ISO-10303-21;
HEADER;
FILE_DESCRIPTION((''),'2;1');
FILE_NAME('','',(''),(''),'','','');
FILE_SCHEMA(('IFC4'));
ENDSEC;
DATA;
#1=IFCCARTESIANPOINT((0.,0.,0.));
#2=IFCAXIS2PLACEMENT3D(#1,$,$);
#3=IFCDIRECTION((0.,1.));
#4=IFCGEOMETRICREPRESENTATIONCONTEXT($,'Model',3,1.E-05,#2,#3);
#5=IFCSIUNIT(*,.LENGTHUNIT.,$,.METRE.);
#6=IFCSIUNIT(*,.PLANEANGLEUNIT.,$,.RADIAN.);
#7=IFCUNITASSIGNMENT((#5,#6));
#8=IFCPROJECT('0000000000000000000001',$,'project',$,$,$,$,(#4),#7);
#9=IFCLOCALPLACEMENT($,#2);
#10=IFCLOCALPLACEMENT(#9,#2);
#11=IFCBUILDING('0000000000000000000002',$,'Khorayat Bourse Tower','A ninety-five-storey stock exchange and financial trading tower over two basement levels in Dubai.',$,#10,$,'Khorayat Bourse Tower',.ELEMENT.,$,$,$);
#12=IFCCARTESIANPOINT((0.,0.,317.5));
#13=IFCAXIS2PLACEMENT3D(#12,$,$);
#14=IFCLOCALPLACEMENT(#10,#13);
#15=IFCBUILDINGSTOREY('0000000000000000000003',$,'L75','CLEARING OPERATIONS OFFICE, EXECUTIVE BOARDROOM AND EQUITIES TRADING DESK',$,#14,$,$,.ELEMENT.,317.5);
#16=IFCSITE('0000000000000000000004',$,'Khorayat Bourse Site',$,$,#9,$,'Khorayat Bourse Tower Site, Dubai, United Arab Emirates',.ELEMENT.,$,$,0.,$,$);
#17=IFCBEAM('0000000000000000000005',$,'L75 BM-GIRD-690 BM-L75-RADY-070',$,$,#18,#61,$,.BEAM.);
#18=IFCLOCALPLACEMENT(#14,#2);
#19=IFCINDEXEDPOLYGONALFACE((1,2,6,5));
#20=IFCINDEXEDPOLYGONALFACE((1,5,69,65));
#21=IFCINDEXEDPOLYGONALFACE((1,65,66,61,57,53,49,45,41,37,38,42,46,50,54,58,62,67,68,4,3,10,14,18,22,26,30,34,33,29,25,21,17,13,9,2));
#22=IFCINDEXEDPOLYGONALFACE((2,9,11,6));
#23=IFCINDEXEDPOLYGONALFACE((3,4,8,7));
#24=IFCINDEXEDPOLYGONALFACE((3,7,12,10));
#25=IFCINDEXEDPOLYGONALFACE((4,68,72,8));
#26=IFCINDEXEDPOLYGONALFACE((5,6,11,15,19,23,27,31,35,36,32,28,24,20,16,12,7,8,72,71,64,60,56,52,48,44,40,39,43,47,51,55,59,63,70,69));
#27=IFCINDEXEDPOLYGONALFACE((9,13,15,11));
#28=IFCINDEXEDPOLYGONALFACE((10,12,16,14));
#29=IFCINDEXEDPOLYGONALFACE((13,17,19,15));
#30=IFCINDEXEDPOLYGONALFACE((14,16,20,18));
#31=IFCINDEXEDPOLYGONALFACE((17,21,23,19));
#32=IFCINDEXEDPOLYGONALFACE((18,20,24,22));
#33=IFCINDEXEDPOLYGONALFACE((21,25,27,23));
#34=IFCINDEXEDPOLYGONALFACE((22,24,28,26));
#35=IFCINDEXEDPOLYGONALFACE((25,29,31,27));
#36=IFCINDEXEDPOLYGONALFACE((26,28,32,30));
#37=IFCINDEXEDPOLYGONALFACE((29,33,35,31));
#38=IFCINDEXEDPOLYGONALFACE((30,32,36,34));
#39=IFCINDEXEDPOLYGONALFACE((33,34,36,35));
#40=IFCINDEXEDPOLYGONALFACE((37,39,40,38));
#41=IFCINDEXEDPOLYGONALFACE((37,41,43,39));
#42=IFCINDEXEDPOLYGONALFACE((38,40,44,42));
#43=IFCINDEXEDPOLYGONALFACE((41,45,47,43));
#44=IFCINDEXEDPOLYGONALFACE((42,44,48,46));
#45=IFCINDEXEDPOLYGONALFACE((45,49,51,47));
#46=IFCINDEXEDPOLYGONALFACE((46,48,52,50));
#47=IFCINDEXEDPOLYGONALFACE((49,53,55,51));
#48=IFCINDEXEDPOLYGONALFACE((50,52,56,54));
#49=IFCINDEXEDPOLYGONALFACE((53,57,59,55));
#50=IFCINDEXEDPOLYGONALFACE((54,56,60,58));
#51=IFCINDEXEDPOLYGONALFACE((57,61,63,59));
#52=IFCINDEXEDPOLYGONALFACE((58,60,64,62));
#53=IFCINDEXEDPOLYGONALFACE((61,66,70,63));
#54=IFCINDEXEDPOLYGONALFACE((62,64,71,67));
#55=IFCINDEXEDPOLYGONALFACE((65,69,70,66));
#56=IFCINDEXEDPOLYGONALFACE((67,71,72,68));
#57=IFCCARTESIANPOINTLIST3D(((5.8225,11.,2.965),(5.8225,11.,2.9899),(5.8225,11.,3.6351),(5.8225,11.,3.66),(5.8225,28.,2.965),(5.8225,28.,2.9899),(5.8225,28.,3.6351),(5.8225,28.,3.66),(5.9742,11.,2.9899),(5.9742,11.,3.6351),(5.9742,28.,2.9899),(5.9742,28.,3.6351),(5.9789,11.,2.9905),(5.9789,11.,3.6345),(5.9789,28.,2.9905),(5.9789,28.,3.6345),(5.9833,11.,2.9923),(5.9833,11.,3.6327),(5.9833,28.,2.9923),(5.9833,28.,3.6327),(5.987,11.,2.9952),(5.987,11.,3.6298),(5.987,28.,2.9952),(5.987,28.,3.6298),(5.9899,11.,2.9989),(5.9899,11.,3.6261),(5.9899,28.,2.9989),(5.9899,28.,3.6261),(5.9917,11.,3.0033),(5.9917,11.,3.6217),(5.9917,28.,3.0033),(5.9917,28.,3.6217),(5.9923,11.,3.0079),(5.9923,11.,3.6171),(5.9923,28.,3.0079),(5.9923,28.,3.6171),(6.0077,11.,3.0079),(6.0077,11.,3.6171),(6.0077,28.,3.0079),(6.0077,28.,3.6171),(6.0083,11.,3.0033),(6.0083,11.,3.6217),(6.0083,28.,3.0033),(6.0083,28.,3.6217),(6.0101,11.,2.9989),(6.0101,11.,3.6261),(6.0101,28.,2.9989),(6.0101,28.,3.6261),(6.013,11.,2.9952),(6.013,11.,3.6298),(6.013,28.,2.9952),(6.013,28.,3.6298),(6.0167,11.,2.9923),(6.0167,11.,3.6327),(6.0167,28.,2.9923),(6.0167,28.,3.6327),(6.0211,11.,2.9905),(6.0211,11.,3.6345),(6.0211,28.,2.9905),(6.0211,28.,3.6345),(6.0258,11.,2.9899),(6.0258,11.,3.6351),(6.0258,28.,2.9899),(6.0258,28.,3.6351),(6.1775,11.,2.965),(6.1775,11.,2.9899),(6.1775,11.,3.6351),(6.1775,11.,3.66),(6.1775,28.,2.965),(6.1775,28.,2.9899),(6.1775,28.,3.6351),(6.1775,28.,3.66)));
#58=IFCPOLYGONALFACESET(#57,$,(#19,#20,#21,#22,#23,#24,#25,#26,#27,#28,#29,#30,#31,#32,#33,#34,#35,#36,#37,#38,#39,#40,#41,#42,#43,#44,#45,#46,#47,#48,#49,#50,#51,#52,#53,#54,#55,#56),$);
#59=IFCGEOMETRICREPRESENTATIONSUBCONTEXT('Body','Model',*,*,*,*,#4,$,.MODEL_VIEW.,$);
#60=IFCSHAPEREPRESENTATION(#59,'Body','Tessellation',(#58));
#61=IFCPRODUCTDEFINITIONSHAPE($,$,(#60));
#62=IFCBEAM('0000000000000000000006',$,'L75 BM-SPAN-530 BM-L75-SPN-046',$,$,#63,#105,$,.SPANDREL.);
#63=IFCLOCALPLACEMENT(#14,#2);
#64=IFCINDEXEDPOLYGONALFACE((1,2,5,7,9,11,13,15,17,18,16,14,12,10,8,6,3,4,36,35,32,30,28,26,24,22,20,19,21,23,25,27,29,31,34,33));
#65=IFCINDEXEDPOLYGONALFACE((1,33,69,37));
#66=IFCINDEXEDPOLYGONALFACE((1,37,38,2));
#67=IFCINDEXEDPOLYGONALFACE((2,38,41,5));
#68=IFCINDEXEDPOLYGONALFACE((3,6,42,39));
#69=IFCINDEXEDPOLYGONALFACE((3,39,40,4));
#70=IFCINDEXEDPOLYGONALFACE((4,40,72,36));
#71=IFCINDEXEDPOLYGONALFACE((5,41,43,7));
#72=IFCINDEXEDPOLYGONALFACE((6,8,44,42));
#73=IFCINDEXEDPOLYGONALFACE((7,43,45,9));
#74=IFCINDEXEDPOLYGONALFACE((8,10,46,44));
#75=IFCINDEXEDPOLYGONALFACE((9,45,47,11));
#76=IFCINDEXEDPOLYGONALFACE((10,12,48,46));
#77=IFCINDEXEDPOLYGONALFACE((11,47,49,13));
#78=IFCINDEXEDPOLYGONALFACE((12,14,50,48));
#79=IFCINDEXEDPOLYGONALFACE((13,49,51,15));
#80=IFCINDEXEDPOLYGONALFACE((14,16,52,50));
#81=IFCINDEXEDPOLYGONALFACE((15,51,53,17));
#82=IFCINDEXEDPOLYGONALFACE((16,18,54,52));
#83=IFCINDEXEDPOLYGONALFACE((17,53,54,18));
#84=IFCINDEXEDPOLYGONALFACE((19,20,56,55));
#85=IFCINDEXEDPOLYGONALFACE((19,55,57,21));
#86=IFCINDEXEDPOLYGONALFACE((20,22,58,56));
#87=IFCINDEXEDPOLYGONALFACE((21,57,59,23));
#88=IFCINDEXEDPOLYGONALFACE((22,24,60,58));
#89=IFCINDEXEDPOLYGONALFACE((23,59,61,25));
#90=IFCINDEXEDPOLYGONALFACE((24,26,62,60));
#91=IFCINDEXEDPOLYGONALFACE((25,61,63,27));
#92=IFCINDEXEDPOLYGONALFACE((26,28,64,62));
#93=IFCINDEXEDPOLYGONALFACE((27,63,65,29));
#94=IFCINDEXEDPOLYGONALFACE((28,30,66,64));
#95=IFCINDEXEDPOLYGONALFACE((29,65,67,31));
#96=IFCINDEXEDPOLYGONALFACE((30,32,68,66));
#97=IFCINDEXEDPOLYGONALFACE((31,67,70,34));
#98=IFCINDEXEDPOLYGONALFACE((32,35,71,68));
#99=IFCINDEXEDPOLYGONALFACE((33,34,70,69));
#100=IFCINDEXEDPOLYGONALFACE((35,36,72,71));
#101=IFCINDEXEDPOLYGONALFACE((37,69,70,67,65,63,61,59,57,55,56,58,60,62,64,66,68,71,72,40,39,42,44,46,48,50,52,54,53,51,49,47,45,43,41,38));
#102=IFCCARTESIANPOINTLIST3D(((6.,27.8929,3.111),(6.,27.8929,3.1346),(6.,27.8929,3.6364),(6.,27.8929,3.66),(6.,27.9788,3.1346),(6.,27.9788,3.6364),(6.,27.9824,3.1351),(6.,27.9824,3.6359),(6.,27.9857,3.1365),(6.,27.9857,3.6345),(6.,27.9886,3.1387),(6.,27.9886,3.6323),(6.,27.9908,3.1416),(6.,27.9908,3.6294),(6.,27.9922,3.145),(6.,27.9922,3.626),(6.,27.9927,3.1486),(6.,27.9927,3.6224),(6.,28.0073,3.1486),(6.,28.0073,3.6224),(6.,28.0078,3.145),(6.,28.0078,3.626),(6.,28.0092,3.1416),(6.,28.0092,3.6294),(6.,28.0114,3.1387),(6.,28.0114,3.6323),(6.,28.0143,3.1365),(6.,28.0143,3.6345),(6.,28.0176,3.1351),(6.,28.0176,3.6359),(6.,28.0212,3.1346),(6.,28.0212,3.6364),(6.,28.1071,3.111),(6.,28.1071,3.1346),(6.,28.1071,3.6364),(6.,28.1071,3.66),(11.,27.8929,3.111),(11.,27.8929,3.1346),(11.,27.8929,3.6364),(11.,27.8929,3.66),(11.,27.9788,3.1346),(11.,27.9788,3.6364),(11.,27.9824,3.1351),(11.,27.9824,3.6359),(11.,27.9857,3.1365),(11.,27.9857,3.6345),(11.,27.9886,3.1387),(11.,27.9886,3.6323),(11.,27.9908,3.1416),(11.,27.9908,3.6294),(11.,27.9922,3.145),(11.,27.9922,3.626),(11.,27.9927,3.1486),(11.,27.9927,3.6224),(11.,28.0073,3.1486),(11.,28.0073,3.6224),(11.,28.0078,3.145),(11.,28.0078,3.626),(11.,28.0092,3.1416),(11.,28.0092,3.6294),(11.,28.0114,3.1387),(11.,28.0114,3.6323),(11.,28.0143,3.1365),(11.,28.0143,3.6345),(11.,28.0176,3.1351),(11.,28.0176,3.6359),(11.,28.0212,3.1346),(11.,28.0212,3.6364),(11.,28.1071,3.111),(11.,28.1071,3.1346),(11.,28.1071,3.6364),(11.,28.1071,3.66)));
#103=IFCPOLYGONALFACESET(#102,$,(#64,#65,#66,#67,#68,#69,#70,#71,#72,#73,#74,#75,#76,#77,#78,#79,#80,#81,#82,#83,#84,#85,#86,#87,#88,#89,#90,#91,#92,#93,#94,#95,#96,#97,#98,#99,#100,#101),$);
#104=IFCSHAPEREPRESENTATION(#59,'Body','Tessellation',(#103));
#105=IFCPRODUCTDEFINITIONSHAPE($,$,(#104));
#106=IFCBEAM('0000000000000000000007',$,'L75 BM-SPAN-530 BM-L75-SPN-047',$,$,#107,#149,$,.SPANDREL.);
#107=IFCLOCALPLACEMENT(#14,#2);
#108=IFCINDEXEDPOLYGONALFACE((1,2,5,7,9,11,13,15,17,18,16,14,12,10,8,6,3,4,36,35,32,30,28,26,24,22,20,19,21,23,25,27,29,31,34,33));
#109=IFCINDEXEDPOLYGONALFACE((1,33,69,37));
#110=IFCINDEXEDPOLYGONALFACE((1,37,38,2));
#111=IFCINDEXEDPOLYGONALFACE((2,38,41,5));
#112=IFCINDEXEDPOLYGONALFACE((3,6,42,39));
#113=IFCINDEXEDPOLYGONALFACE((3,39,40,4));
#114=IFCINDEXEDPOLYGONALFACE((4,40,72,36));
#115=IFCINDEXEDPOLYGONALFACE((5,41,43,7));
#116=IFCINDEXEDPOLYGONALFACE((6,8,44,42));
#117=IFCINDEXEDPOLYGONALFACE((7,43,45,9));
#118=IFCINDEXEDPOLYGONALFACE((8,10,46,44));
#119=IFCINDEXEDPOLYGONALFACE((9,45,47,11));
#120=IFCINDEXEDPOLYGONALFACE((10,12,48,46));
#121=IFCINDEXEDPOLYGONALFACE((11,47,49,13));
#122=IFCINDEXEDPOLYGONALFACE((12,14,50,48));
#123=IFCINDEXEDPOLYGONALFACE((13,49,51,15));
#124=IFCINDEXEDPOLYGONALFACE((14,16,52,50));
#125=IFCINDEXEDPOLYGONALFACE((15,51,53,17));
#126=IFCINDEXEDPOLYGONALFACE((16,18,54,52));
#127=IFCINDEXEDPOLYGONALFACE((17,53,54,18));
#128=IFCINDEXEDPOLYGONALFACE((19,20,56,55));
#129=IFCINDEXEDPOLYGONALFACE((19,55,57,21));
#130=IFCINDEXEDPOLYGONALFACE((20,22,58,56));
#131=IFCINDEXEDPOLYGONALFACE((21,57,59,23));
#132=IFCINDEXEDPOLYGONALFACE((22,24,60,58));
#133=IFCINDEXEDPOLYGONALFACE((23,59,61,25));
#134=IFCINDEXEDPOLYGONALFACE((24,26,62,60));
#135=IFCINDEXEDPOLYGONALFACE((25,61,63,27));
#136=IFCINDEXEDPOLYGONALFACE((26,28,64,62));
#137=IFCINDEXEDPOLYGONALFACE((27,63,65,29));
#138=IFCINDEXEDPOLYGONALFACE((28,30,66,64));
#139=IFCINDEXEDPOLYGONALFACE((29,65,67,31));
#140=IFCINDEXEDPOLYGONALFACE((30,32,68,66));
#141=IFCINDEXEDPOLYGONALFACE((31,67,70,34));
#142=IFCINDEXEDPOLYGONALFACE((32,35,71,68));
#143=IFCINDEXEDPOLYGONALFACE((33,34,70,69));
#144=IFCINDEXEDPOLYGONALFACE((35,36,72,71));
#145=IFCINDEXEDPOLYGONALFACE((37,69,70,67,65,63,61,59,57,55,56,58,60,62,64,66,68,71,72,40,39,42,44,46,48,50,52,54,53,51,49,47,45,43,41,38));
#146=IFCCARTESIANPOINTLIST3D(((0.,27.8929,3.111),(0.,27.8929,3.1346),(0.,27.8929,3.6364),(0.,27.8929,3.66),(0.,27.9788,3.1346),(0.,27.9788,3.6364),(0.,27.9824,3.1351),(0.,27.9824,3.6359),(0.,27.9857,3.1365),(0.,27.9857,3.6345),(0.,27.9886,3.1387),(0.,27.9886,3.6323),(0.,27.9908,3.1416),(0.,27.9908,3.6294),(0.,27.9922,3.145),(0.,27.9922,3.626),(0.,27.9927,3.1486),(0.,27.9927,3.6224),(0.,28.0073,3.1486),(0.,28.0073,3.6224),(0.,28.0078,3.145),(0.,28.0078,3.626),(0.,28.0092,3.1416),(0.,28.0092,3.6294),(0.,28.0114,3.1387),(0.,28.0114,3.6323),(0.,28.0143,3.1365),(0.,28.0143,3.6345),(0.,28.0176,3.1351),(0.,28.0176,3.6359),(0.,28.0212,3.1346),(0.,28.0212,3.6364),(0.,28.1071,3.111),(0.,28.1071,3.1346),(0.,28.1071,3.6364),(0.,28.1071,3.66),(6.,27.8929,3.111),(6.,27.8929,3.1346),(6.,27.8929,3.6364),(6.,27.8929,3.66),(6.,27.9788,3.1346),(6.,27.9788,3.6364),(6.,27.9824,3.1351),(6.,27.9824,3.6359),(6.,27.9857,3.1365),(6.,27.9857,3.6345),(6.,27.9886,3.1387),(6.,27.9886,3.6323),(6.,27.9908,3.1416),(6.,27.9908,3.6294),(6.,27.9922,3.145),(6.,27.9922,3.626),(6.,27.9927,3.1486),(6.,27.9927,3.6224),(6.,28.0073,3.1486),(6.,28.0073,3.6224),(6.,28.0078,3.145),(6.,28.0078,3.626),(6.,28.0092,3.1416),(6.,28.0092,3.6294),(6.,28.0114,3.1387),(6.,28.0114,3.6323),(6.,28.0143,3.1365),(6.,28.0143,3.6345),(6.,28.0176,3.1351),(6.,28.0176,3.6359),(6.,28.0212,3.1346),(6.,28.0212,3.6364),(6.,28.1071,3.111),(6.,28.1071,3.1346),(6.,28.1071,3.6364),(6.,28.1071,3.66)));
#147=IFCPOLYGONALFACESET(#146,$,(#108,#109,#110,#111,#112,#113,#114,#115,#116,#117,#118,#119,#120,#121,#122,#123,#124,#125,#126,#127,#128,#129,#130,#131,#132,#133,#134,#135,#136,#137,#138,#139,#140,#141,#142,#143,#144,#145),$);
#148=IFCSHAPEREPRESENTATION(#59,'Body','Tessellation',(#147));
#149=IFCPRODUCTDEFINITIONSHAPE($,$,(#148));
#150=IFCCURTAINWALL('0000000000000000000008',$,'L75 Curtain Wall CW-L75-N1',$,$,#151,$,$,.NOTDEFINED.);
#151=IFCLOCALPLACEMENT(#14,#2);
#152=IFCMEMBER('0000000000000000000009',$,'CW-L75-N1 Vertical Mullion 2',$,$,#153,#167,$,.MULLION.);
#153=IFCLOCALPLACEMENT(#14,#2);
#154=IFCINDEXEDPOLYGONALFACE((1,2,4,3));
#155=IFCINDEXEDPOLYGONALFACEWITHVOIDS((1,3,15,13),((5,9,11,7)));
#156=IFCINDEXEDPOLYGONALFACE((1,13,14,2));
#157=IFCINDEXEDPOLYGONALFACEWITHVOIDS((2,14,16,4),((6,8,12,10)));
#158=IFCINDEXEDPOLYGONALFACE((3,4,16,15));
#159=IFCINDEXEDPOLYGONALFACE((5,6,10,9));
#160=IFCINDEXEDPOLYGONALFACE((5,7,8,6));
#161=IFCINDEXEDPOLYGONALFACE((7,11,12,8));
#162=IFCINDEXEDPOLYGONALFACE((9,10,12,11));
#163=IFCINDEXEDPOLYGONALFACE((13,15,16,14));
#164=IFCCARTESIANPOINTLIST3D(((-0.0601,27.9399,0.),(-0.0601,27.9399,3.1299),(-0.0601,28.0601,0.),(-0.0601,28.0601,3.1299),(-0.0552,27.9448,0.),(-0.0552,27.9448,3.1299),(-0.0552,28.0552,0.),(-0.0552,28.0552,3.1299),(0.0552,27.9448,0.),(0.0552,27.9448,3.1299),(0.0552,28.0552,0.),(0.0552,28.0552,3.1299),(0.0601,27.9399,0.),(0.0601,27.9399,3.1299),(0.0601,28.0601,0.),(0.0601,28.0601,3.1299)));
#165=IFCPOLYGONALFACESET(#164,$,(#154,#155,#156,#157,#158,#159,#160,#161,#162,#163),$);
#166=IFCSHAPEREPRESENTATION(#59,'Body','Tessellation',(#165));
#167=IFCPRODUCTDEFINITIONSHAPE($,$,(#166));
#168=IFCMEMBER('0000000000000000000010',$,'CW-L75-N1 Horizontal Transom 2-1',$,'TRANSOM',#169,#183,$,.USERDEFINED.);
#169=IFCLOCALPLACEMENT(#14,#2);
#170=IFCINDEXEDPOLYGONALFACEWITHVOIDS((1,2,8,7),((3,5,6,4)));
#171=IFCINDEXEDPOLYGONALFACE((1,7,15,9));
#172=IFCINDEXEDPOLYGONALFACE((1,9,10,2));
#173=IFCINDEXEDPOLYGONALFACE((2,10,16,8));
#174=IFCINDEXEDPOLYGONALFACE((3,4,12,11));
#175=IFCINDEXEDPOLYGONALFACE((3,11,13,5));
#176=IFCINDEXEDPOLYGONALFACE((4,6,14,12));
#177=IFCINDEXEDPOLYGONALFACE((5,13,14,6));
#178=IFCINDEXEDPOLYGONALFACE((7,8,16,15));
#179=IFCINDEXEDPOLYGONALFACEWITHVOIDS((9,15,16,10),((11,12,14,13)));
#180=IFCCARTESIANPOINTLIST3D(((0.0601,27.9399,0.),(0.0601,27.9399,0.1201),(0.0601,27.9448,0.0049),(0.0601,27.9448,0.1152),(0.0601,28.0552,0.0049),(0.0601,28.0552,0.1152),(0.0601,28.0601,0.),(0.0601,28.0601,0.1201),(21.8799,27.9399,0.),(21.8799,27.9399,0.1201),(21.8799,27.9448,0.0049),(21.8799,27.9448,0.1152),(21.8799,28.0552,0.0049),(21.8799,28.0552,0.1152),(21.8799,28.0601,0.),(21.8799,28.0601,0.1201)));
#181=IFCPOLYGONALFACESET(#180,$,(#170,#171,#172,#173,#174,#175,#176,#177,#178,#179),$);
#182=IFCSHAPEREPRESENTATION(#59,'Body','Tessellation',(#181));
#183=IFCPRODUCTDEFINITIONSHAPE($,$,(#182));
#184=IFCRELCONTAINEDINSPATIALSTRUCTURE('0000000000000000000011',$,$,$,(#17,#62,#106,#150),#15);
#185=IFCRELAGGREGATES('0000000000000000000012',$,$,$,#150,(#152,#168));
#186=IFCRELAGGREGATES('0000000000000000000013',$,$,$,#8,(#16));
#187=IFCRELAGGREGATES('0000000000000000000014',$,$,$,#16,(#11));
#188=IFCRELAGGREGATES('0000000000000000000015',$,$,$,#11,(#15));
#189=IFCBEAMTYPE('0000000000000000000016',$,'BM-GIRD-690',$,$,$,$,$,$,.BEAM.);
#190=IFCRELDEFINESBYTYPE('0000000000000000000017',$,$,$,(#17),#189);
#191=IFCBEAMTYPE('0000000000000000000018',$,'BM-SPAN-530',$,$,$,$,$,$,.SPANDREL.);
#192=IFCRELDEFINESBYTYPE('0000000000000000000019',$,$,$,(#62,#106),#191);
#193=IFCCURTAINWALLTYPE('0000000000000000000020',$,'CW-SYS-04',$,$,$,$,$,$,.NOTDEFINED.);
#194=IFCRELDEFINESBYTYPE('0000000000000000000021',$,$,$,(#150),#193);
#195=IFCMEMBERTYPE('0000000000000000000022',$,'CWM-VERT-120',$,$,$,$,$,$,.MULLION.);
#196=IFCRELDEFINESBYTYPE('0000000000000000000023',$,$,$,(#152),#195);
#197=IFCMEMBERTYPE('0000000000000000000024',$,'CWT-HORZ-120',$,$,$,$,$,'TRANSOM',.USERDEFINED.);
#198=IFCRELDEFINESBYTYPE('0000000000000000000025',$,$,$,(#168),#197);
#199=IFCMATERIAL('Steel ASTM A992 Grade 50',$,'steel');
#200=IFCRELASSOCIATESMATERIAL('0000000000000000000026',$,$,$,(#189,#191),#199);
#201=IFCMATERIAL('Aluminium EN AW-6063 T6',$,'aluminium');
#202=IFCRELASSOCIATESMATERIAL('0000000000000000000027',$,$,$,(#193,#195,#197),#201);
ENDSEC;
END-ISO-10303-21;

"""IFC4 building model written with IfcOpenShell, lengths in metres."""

from ifc_helpers import new_model, si_unit, direction, frame, origin, origin_2d, place, context, subcontext, project, spatial, hollow_rectangle, i_section, extrude, source, transform, mapped, material, material_profile, profile_set, type_object, element, aggregate, save


model = new_model("IFC4")

# Units and contexts
model_context = context("Model", 3, precision=1e-05, world=origin(), true_north=direction((0.0, 1.0)))
body_context = subcontext(model_context, "Body", "Model", "MODEL_VIEW")
ifc_project = project(units=[si_unit("LENGTHUNIT", "METRE"), si_unit("PLANEANGLEUNIT", "RADIAN")], contexts=[model_context])

# Site, building, storey
site_placement = place(None, origin())
site = spatial("IfcSite", under=ifc_project, at=site_placement, Name="Khorayat Bourse Site", LongName="Khorayat Bourse Tower Site, Dubai, United Arab Emirates", CompositionType="ELEMENT", RefElevation=0.0)
building_placement = place(site_placement, origin())
building = spatial("IfcBuilding", under=site, at=building_placement, Name="Khorayat Bourse Tower", Description="A ninety-five-storey stock exchange and financial trading tower over two basement levels in Dubai.", LongName="Khorayat Bourse Tower", CompositionType="ELEMENT")
storey_placement = place(building_placement, frame((0.0, 0.0, 317.5)))
storey = spatial("IfcBuildingStorey", under=building, at=storey_placement, Name="L75", Description="CLEARING OPERATIONS OFFICE, EXECUTIVE BOARDROOM AND EQUITIES TRADING DESK", CompositionType="ELEMENT", Elevation=317.5)

# Beams
ifc_material_1 = material(Name="Steel ASTM A992 Grade 50", Category="steel")
ifc_material_profile_1 = material_profile(ifc_material_1, i_section(OverallWidth=0.355, OverallDepth=0.6951, WebThickness=0.0154, FlangeThickness=0.0249, FilletRadius=0.0181, at=origin_2d()), Name="W690X217")
ifc_profile_set_1 = profile_set([ifc_material_profile_1], Name="Steel ASTM A992 Grade 50")
beam_type_1 = type_object("IfcBeamType", Name="BM-GIRD-690", PredefinedType="BEAM", material=ifc_profile_set_1)
shared_shape_1 = source(origin(), body_context, "Body", "SweptSolid", [
    extrude(i_section(OverallWidth=0.355, OverallDepth=0.6951, WebThickness=0.0154, FlangeThickness=0.0249, FilletRadius=0.0181, at=origin_2d()), origin(), (0.0, 0.0, 1.0), 17.0),
])
for number, where, z_axis, x_axis, name in (
    (1, (6.0, 11.0, 3.3125), (0.0, 1.0, 0.0), (-1.0, 0.0, 0.0), "L75 BM-GIRD-690 BM-L75-RADY-070"),
):
    element("IfcBeam", number, at=place(storey_placement, frame(where, z_axis=z_axis, x_axis=x_axis)), inside=storey, type_object=beam_type_1, Name=name, PredefinedType="BEAM", context=body_context, shape_type="MappedRepresentation", body=[
        mapped(shared_shape_1, transform((0.0, 0.0, 0.0), scale=1.0)),
    ])
ifc_material_profile_2 = material_profile(ifc_material_1, i_section(OverallWidth=0.2141, OverallDepth=0.5491, WebThickness=0.0146, FlangeThickness=0.0237, FilletRadius=0.0139, at=origin_2d()), Name="W530X138")
ifc_profile_set_2 = profile_set([ifc_material_profile_2], Name="Steel ASTM A992 Grade 50")
beam_type_2 = type_object("IfcBeamType", Name="BM-SPAN-530", PredefinedType="SPANDREL", material=ifc_profile_set_2)
shared_shape_2 = source(origin(), body_context, "Body", "SweptSolid", [
    extrude(i_section(OverallWidth=0.2141, OverallDepth=0.5491, WebThickness=0.0146, FlangeThickness=0.0237, FilletRadius=0.0139, at=origin_2d()), origin(), (0.0, 0.0, 1.0), 5.0),
])
beam_1_placement = place(storey_placement, frame((6.0, 28.0, 3.3855), z_axis=(1.0, 0.0, 0.0), x_axis=(0.0, 1.0, 0.0)))
element("IfcBeam", 2, at=beam_1_placement, inside=storey, type_object=beam_type_2, Name="L75 BM-SPAN-530 BM-L75-SPN-046", PredefinedType="SPANDREL", context=body_context, shape_type="MappedRepresentation", body=[
    mapped(shared_shape_2, transform((0.0, 0.0, 0.0), scale=1.0)),
])
shared_shape_3 = source(origin(), body_context, "Body", "SweptSolid", [
    extrude(i_section(OverallWidth=0.2141, OverallDepth=0.5491, WebThickness=0.0146, FlangeThickness=0.0237, FilletRadius=0.0139, at=origin_2d()), origin(), (0.0, 0.0, 1.0), 6.0),
])
beam_2_placement = place(storey_placement, frame((0.0, 28.0, 3.3855), z_axis=(1.0, 0.0, 0.0), x_axis=(0.0, 1.0, 0.0)))
element("IfcBeam", 3, at=beam_2_placement, inside=storey, type_object=beam_type_2, Name="L75 BM-SPAN-530 BM-L75-SPN-047", PredefinedType="SPANDREL", context=body_context, shape_type="MappedRepresentation", body=[
    mapped(shared_shape_3, transform((0.0, 0.0, 0.0), scale=1.0)),
])

# Curtain wall, members
ifc_material_2 = material(Name="Aluminium EN AW-6063 T6", Category="aluminium")
curtain_wall_type = type_object("IfcCurtainWallType", Name="CW-SYS-04", PredefinedType="NOTDEFINED", material=ifc_material_2)
curtain_wall_placement = place(storey_placement, origin())
curtain_wall = element("IfcCurtainWall", 4, at=curtain_wall_placement, inside=storey, type_object=curtain_wall_type, Name="L75 Curtain Wall CW-L75-N1", PredefinedType="NOTDEFINED")
ifc_material_profile_3 = material_profile(ifc_material_2, hollow_rectangle(XDim=0.1201, YDim=0.1201, WallThickness=0.0049, at=origin_2d()), Name="ALU 120x120x5")
ifc_profile_set_3 = profile_set([ifc_material_profile_3], Name="Aluminium EN AW-6063 T6")
member_type_1 = type_object("IfcMemberType", Name="CWM-VERT-120", PredefinedType="MULLION", material=ifc_profile_set_3)
shared_shape_4 = source(origin(), body_context, "Body", "SweptSolid", [
    extrude(hollow_rectangle(XDim=0.1201, YDim=0.1201, WallThickness=0.0049, at=origin_2d()), origin(), (0.0, 0.0, 1.0), 3.1299),
])
member_1_placement = place(storey_placement, frame((0.0, 28.0, 0.0), z_axis=(0.0, 0.0, 1.0), x_axis=(0.0, 1.0, 0.0)))
member_1 = element("IfcMember", 5, at=member_1_placement, type_object=member_type_1, Name="CW-L75-N1 Vertical Mullion 2", PredefinedType="MULLION", context=body_context, shape_type="MappedRepresentation", body=[
    mapped(shared_shape_4, transform((0.0, 0.0, 0.0), scale=1.0)),
])
ifc_material_profile_4 = material_profile(ifc_material_2, hollow_rectangle(XDim=0.1201, YDim=0.1201, WallThickness=0.0049, at=origin_2d()), Name="ALU 120x120x5")
ifc_profile_set_4 = profile_set([ifc_material_profile_4], Name="Aluminium EN AW-6063 T6")
member_type_2 = type_object("IfcMemberType", Name="CWT-HORZ-120", ElementType="TRANSOM", PredefinedType="USERDEFINED", material=ifc_profile_set_4)
shared_shape_5 = source(origin(), body_context, "Body", "SweptSolid", [
    extrude(hollow_rectangle(XDim=0.1201, YDim=0.1201, WallThickness=0.0049, at=origin_2d()), origin(), (0.0, 0.0, 1.0), 21.8198),
])
member_2_placement = place(storey_placement, frame((0.0601, 28.0, 0.0601), z_axis=(1.0, 0.0, 0.0), x_axis=(0.0, 1.0, 0.0)))
member_2 = element("IfcMember", 6, at=member_2_placement, type_object=member_type_2, Name="CW-L75-N1 Horizontal Transom 2-1", ObjectType="TRANSOM", PredefinedType="USERDEFINED", context=body_context, shape_type="MappedRepresentation", body=[
    mapped(shared_shape_5, transform((0.0, 0.0, 0.0), scale=1.0)),
])

aggregate(curtain_wall, [member_1, member_2])

save(model, "model.ifc")
